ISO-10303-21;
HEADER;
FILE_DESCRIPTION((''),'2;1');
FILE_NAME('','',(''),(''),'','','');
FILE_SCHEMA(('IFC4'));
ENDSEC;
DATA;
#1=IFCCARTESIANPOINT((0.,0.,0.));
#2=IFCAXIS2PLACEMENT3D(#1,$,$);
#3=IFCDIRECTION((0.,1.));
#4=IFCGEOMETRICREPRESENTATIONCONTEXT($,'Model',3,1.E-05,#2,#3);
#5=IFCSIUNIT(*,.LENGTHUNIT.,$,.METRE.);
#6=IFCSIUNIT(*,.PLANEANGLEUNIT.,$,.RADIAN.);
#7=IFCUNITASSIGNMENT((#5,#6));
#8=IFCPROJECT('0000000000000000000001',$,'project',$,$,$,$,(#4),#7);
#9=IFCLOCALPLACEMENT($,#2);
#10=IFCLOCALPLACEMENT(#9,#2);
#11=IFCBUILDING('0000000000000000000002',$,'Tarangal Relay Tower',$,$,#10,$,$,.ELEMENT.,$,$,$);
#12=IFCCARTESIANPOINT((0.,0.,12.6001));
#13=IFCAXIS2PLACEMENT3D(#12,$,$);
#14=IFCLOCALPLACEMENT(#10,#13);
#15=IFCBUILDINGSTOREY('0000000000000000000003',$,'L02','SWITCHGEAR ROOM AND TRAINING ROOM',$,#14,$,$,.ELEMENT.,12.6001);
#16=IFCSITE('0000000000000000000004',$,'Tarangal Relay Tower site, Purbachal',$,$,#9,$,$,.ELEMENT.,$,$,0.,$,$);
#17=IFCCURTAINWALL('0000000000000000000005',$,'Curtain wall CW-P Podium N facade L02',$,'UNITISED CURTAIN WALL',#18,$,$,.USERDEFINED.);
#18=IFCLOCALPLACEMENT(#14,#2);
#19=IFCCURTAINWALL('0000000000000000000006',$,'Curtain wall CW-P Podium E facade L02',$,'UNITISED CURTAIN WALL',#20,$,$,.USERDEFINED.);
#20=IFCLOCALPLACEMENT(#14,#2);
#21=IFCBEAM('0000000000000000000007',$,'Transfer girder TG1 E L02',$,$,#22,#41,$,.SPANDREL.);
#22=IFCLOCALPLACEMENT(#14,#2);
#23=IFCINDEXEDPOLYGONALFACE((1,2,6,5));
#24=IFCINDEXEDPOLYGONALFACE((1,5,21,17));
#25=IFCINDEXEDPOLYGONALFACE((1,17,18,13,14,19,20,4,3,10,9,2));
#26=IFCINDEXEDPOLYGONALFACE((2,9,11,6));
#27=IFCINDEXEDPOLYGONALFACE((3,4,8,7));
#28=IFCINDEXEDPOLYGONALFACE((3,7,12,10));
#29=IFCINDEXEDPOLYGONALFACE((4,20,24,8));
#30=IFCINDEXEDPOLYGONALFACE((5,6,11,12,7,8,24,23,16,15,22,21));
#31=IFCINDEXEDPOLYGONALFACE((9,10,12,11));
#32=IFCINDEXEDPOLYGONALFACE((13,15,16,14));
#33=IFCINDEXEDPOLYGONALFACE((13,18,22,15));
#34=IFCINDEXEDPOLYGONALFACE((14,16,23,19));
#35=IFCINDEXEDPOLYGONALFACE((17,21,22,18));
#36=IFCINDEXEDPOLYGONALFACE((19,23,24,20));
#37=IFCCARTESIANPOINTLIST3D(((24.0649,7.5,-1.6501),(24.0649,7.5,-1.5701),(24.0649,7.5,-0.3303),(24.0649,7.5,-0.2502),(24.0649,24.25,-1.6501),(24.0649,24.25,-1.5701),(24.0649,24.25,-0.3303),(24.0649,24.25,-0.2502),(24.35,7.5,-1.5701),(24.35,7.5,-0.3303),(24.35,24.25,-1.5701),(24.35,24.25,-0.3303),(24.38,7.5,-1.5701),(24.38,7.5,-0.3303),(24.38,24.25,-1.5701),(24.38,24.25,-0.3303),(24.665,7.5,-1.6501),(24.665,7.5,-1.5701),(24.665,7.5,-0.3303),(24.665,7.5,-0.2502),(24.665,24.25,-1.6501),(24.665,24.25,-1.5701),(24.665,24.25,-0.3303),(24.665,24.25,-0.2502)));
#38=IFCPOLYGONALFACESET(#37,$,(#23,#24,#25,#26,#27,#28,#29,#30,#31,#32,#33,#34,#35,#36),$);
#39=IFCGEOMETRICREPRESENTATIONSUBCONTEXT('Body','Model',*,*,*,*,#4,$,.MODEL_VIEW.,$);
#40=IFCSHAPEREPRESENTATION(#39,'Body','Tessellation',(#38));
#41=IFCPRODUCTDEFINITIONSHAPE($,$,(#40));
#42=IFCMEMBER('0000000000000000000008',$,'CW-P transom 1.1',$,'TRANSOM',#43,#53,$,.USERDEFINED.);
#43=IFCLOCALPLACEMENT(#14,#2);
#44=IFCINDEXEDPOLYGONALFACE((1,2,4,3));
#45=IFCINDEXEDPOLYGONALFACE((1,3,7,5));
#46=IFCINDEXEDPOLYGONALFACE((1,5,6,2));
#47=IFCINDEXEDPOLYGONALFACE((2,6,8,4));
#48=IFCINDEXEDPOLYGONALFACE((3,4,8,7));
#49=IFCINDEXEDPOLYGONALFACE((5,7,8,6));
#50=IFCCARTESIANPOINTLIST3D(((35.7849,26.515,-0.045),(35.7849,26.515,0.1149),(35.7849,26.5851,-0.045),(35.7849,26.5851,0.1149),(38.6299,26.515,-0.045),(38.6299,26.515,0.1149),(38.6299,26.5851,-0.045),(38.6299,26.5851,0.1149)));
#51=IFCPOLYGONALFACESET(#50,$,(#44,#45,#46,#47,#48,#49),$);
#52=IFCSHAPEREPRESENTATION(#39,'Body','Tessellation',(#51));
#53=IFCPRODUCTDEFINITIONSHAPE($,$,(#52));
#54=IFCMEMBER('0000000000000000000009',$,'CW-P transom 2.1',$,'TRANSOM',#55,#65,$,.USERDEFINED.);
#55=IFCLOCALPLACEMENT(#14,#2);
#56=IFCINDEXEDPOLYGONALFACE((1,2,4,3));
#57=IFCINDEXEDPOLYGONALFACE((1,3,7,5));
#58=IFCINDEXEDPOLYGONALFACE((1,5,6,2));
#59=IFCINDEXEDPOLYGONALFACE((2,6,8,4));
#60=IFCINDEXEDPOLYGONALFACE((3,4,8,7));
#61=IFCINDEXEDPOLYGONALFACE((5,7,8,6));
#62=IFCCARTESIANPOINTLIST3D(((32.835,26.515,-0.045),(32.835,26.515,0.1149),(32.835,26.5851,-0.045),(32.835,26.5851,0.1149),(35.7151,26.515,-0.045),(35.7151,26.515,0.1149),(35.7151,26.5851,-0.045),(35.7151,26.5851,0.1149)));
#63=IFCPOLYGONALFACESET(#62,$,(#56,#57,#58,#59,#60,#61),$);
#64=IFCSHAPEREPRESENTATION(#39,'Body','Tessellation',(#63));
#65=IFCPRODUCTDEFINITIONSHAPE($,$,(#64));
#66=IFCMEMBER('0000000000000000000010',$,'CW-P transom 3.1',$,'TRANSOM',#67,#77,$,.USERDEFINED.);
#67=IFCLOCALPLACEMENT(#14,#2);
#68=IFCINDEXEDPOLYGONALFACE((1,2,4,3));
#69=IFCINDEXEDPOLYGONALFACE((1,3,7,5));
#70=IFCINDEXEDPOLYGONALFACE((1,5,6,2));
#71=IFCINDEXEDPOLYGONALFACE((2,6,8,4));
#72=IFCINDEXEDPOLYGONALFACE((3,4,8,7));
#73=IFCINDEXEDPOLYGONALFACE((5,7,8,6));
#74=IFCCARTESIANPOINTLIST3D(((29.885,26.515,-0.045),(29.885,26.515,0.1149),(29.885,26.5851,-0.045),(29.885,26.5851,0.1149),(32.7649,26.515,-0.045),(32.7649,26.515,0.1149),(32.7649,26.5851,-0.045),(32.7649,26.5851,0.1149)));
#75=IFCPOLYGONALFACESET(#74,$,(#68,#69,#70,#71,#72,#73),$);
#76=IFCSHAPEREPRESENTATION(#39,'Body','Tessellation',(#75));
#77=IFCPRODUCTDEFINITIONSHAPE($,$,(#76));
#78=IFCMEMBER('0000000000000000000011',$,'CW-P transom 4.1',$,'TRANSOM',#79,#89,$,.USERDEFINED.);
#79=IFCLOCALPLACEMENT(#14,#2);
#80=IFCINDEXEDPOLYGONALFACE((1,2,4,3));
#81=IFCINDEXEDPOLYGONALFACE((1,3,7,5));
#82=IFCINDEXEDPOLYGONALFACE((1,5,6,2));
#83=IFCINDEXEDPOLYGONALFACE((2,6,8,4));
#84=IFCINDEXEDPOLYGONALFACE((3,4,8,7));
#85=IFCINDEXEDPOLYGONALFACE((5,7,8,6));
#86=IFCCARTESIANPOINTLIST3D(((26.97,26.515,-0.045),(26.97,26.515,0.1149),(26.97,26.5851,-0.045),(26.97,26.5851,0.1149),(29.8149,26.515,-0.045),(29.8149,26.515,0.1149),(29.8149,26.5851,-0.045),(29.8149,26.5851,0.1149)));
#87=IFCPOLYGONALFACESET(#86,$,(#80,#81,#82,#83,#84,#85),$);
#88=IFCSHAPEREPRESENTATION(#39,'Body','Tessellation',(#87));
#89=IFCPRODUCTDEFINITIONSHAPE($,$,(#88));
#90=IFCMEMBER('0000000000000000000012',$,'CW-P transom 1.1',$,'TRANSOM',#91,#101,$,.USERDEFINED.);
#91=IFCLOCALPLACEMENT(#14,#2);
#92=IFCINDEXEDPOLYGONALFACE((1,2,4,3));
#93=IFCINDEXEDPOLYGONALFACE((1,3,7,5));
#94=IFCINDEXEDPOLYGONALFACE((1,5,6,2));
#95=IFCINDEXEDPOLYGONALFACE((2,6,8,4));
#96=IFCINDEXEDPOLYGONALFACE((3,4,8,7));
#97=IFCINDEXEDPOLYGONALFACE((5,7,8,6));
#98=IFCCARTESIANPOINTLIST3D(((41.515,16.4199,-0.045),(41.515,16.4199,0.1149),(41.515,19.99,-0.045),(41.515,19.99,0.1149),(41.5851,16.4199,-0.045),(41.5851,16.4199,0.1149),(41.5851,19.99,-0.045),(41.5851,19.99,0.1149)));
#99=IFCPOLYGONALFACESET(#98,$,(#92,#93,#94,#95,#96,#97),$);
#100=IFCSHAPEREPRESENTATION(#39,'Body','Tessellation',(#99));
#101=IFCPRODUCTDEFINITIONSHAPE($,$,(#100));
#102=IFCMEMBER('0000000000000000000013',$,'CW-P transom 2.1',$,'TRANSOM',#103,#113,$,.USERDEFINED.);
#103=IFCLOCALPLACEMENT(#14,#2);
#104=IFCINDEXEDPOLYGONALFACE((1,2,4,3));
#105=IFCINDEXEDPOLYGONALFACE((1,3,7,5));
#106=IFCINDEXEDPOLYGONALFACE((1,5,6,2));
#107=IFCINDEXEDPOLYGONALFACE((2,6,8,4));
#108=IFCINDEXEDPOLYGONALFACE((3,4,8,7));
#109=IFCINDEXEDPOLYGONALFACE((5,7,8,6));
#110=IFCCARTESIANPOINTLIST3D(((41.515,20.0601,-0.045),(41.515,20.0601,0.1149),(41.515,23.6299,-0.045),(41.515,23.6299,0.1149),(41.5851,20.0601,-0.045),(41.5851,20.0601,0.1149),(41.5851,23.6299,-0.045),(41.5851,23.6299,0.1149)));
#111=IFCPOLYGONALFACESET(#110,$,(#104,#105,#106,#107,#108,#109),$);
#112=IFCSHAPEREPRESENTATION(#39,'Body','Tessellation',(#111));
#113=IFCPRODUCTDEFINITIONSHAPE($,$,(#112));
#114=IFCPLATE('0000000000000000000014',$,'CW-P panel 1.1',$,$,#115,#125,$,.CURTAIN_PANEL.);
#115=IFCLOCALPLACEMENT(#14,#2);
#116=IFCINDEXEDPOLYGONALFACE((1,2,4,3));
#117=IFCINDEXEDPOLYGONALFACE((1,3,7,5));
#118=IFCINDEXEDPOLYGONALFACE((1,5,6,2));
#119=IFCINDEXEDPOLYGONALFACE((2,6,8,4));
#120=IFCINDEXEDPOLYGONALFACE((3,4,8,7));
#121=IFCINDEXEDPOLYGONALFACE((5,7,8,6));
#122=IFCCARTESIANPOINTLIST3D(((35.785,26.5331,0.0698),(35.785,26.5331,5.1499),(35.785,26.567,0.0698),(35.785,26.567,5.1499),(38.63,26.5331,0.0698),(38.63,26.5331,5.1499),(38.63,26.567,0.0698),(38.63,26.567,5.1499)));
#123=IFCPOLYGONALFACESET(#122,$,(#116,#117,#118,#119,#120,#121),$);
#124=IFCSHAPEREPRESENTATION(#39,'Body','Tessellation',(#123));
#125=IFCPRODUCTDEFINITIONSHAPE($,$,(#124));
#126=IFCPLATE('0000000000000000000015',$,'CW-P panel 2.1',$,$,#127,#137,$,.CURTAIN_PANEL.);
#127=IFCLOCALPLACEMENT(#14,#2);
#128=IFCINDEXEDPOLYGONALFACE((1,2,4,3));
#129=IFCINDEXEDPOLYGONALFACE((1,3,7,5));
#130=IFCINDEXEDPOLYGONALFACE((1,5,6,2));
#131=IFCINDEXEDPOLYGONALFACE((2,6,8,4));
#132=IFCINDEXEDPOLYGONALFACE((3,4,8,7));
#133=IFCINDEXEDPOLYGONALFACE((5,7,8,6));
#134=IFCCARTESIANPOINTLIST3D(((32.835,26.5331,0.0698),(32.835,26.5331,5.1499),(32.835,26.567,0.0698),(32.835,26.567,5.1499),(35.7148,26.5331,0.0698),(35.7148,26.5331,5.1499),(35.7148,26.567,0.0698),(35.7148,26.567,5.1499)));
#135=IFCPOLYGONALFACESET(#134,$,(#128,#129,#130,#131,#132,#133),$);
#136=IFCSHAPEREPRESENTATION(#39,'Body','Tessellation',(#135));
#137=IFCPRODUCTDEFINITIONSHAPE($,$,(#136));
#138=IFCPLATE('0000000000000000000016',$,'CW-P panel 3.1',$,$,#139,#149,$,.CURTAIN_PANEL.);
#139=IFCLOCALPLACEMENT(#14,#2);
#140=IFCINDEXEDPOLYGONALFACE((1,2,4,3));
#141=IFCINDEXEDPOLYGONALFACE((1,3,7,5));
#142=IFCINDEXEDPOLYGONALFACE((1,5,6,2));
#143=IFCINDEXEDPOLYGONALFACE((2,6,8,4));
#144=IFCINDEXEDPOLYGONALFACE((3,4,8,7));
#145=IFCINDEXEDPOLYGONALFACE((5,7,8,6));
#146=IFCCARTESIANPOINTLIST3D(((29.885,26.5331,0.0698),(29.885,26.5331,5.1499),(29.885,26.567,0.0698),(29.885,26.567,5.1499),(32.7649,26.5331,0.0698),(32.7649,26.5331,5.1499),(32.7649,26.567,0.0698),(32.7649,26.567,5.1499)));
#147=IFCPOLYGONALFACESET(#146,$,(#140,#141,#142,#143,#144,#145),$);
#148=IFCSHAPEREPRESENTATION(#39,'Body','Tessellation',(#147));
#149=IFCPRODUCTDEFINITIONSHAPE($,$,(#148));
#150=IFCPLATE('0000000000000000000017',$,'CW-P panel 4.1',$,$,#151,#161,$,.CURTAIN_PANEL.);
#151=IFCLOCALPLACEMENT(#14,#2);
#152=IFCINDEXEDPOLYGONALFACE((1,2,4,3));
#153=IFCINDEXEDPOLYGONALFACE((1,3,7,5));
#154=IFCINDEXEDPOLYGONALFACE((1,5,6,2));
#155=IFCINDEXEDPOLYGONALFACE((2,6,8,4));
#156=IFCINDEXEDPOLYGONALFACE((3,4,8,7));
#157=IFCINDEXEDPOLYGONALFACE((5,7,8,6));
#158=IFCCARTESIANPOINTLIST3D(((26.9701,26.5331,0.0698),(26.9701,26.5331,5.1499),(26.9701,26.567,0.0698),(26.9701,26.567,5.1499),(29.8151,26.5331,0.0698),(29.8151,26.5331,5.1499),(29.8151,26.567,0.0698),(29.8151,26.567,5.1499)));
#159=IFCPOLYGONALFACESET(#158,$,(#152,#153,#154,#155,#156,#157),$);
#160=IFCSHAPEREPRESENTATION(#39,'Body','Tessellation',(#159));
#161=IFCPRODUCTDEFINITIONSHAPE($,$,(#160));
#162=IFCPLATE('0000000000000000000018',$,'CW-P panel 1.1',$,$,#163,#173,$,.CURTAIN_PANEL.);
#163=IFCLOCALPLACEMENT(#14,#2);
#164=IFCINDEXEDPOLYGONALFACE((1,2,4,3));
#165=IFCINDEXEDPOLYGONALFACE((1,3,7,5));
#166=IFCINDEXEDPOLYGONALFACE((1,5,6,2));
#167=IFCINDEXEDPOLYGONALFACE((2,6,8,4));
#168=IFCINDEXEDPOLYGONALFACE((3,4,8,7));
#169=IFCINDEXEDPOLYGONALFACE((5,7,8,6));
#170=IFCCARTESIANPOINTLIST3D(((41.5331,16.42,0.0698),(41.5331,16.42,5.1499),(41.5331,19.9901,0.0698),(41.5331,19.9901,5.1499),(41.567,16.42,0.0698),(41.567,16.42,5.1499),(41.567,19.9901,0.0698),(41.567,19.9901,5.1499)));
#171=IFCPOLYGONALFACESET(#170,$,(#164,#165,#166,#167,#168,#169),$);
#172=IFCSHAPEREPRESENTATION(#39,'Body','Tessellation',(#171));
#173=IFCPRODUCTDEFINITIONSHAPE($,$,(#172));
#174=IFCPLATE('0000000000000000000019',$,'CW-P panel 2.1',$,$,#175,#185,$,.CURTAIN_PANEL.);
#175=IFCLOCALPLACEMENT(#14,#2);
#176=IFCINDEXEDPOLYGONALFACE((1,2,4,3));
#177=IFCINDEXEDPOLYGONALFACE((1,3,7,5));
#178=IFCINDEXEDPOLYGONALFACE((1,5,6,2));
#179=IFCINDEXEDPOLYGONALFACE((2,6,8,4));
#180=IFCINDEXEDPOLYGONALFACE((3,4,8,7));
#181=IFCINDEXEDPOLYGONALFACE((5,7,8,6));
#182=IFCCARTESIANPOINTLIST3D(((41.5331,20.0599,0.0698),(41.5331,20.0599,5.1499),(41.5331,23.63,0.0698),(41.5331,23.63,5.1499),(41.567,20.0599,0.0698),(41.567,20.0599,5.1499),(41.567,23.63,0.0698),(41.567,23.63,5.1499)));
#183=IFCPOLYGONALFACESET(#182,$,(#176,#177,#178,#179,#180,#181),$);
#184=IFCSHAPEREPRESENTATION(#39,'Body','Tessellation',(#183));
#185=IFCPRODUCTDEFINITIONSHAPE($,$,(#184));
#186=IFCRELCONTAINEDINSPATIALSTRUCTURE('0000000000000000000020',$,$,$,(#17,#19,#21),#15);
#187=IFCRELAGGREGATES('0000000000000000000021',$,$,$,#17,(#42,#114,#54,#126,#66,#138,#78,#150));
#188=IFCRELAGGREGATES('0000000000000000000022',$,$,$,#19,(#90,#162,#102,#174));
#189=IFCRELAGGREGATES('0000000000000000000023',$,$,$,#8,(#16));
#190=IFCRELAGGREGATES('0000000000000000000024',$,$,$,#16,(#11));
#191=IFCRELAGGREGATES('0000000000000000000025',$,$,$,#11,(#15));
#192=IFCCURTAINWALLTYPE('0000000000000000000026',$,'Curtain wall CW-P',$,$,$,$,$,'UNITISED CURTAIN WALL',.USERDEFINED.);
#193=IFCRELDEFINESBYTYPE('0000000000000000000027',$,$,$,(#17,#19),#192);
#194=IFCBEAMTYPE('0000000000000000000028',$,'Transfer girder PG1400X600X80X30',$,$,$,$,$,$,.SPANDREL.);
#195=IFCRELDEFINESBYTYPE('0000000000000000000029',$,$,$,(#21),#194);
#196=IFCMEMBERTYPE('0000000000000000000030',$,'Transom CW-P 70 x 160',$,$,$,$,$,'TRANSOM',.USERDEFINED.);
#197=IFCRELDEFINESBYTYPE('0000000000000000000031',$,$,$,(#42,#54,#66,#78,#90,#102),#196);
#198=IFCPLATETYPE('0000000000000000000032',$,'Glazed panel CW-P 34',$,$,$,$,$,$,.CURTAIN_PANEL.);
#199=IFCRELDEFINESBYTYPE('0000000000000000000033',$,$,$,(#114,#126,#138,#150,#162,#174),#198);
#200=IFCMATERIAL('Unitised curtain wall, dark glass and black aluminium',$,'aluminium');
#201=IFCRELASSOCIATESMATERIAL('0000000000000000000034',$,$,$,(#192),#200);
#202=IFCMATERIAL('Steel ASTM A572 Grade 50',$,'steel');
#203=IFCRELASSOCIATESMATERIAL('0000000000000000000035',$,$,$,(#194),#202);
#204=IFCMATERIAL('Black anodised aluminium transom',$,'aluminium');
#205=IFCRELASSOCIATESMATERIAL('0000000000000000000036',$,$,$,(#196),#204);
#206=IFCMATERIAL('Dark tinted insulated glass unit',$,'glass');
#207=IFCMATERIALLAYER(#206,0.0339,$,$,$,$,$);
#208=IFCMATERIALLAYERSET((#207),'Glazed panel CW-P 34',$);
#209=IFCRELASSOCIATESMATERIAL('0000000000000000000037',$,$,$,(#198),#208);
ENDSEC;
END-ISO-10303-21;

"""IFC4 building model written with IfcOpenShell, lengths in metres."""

from ifc_helpers import new_model, si_unit, direction, frame, origin, origin_2d, place, context, subcontext, project, spatial, rectangle, i_section, extrude, material, layer, layer_set, material_profile, profile_set, type_object, element, aggregate, save


model = new_model("IFC4")

# Units and contexts
model_context = context("Model", 3, precision=1e-05, world=origin(), true_north=direction((0.0, 1.0)))
body_context = subcontext(model_context, "Body", "Model", "MODEL_VIEW")
ifc_project = project(units=[si_unit("LENGTHUNIT", "METRE"), si_unit("PLANEANGLEUNIT", "RADIAN")], contexts=[model_context])

# Site, building, storey
site_placement = place(None, origin())
site = spatial("IfcSite", under=ifc_project, at=site_placement, Name="Tarangal Relay Tower site, Purbachal", CompositionType="ELEMENT", RefElevation=0.0)
building_placement = place(site_placement, origin())
building = spatial("IfcBuilding", under=site, at=building_placement, Name="Tarangal Relay Tower", CompositionType="ELEMENT")
storey_placement = place(building_placement, frame((0.0, 0.0, 12.6001)))
storey = spatial("IfcBuildingStorey", under=building, at=storey_placement, Name="L02", Description="SWITCHGEAR ROOM AND TRAINING ROOM", CompositionType="ELEMENT", Elevation=12.6001)

# Curtain walls
ifc_material_1 = material(Name="Unitised curtain wall, dark glass and black aluminium", Category="aluminium")
curtain_wall_type = type_object("IfcCurtainWallType", Name="Curtain wall CW-P", ElementType="UNITISED CURTAIN WALL", PredefinedType="USERDEFINED", material=ifc_material_1)
curtain_wall_1_placement = place(storey_placement, origin())
curtain_wall_1 = element("IfcCurtainWall", 1, at=curtain_wall_1_placement, inside=storey, type_object=curtain_wall_type, Name="Curtain wall CW-P Podium N facade L02", ObjectType="UNITISED CURTAIN WALL", PredefinedType="USERDEFINED")
curtain_wall_2_placement = place(storey_placement, origin())
curtain_wall_2 = element("IfcCurtainWall", 2, at=curtain_wall_2_placement, inside=storey, type_object=curtain_wall_type, Name="Curtain wall CW-P Podium E facade L02", ObjectType="UNITISED CURTAIN WALL", PredefinedType="USERDEFINED")

# Beam
ifc_material_2 = material(Name="Steel ASTM A572 Grade 50", Category="steel")
ifc_material_profile_1 = material_profile(ifc_material_2, i_section(OverallWidth=0.6001, OverallDepth=1.3999, WebThickness=0.03, FlangeThickness=0.0801, at=origin_2d()), Name="PG1400X600X80X30")
ifc_profile_set_1 = profile_set([ifc_material_profile_1], Name="Steel ASTM A572 Grade 50")
beam_type_1 = type_object("IfcBeamType", Name="Transfer girder PG1400X600X80X30", PredefinedType="SPANDREL", material=ifc_profile_set_1)
beam_1_placement = place(storey_placement, frame((24.365, 24.25, -0.9502), z_axis=(0.0, -1.0, 0.0), x_axis=(1.0, 0.0, 0.0)))
element("IfcBeam", 3, at=beam_1_placement, inside=storey, type_object=beam_type_1, Name="Transfer girder TG1 E L02", PredefinedType="SPANDREL", context=body_context, shape_type="SweptSolid", body=[
    extrude(i_section(OverallWidth=0.6001, OverallDepth=1.3999, WebThickness=0.03, FlangeThickness=0.0801, at=origin_2d()), origin(), (0.0, 0.0, 1.0), 16.75),
])

# Members
ifc_material_3 = material(Name="Black anodised aluminium transom", Category="aluminium")
ifc_material_profile_2 = material_profile(ifc_material_3, rectangle(XDim=0.0701, YDim=0.1599, at=origin_2d()), Name="CW-PT 70X160")
ifc_profile_set_2 = profile_set([ifc_material_profile_2], Name="Black anodised aluminium transom")
member_type_1 = type_object("IfcMemberType", Name="Transom CW-P 70 x 160", ElementType="TRANSOM", PredefinedType="USERDEFINED", material=ifc_profile_set_2)
member_1_placement = place(storey_placement, frame((38.6299, 26.55, 0.0349), z_axis=(-1.0, 0.0, 0.0), x_axis=(0.0, -1.0, 0.0)))
member_1 = element("IfcMember", 4, at=member_1_placement, type_object=member_type_1, Name="CW-P transom 1.1", ObjectType="TRANSOM", PredefinedType="USERDEFINED", context=body_context, shape_type="SweptSolid", body=[
    extrude(rectangle(XDim=0.0701, YDim=0.1599, at=origin_2d()), origin(), (0.0, 0.0, 1.0), 2.845),
])
member_2_placement = place(storey_placement, frame((35.7151, 26.55, 0.0349), z_axis=(-1.0, 0.0, 0.0), x_axis=(0.0, -1.0, 0.0)))
member_2 = element("IfcMember", 5, at=member_2_placement, type_object=member_type_1, Name="CW-P transom 2.1", ObjectType="TRANSOM", PredefinedType="USERDEFINED", context=body_context, shape_type="SweptSolid", body=[
    extrude(rectangle(XDim=0.0701, YDim=0.1599, at=origin_2d()), origin(), (0.0, 0.0, 1.0), 2.8801),
])
member_3_placement = place(storey_placement, frame((32.7649, 26.55, 0.0349), z_axis=(-1.0, 0.0, 0.0), x_axis=(0.0, -1.0, 0.0)))
member_3 = element("IfcMember", 6, at=member_3_placement, type_object=member_type_1, Name="CW-P transom 3.1", ObjectType="TRANSOM", PredefinedType="USERDEFINED", context=body_context, shape_type="SweptSolid", body=[
    extrude(rectangle(XDim=0.0701, YDim=0.1599, at=origin_2d()), origin(), (0.0, 0.0, 1.0), 2.8799),
])
member_4_placement = place(storey_placement, frame((29.8149, 26.55, 0.0349), z_axis=(-1.0, 0.0, 0.0), x_axis=(0.0, -1.0, 0.0)))
member_4 = element("IfcMember", 7, at=member_4_placement, type_object=member_type_1, Name="CW-P transom 4.1", ObjectType="TRANSOM", PredefinedType="USERDEFINED", context=body_context, shape_type="SweptSolid", body=[
    extrude(rectangle(XDim=0.0701, YDim=0.1599, at=origin_2d()), origin(), (0.0, 0.0, 1.0), 2.845),
])
member_5_placement = place(storey_placement, frame((41.55, 16.4199, 0.0349), z_axis=(0.0, 1.0, 0.0), x_axis=(-1.0, 0.0, 0.0)))
member_5 = element("IfcMember", 8, at=member_5_placement, type_object=member_type_1, Name="CW-P transom 1.1", ObjectType="TRANSOM", PredefinedType="USERDEFINED", context=body_context, shape_type="SweptSolid", body=[
    extrude(rectangle(XDim=0.0701, YDim=0.1599, at=origin_2d()), origin(), (0.0, 0.0, 1.0), 3.5701),
])
member_6_placement = place(storey_placement, frame((41.55, 20.0601, 0.0349), z_axis=(0.0, 1.0, 0.0), x_axis=(-1.0, 0.0, 0.0)))
member_6 = element("IfcMember", 9, at=member_6_placement, type_object=member_type_1, Name="CW-P transom 2.1", ObjectType="TRANSOM", PredefinedType="USERDEFINED", context=body_context, shape_type="SweptSolid", body=[
    extrude(rectangle(XDim=0.0701, YDim=0.1599, at=origin_2d()), origin(), (0.0, 0.0, 1.0), 3.5698),
])

# Plates
ifc_material_4 = material(Name="Dark tinted insulated glass unit", Category="glass")
ifc_layer_1 = layer(ifc_material_4, 0.0339)
ifc_layer_set_1 = layer_set([ifc_layer_1], Name="Glazed panel CW-P 34")
plate_type = type_object("IfcPlateType", Name="Glazed panel CW-P 34", PredefinedType="CURTAIN_PANEL", material=ifc_layer_set_1)
plate_1_placement = place(storey_placement, frame((37.2075, 26.55, 0.0698), z_axis=(0.0, 0.0, 1.0), x_axis=(-1.0, 0.0, 0.0)))
plate_1 = element("IfcPlate", 10, at=plate_1_placement, type_object=plate_type, Name="CW-P panel 1.1", PredefinedType="CURTAIN_PANEL", context=body_context, shape_type="SweptSolid", body=[
    extrude(rectangle(XDim=2.845, YDim=0.0339, at=origin_2d()), origin(), (0.0, 0.0, 1.0), 5.0801),
])
plate_2_placement = place(storey_placement, frame((34.2749, 26.55, 0.0698), z_axis=(0.0, 0.0, 1.0), x_axis=(-1.0, 0.0, 0.0)))
plate_2 = element("IfcPlate", 11, at=plate_2_placement, type_object=plate_type, Name="CW-P panel 2.1", PredefinedType="CURTAIN_PANEL", context=body_context, shape_type="SweptSolid", body=[
    extrude(rectangle(XDim=2.8799, YDim=0.0339, at=origin_2d()), origin(), (0.0, 0.0, 1.0), 5.0801),
])
plate_3_placement = place(storey_placement, frame((31.325, 26.55, 0.0698), z_axis=(0.0, 0.0, 1.0), x_axis=(-1.0, 0.0, 0.0)))
plate_3 = element("IfcPlate", 12, at=plate_3_placement, type_object=plate_type, Name="CW-P panel 3.1", PredefinedType="CURTAIN_PANEL", context=body_context, shape_type="SweptSolid", body=[
    extrude(rectangle(XDim=2.8799, YDim=0.0339, at=origin_2d()), origin(), (0.0, 0.0, 1.0), 5.0801),
])
plate_4_placement = place(storey_placement, frame((28.3926, 26.55, 0.0698), z_axis=(0.0, 0.0, 1.0), x_axis=(-1.0, 0.0, 0.0)))
plate_4 = element("IfcPlate", 13, at=plate_4_placement, type_object=plate_type, Name="CW-P panel 4.1", PredefinedType="CURTAIN_PANEL", context=body_context, shape_type="SweptSolid", body=[
    extrude(rectangle(XDim=2.845, YDim=0.0339, at=origin_2d()), origin(), (0.0, 0.0, 1.0), 5.0801),
])
aggregate(curtain_wall_1, [member_1, plate_1, member_2, plate_2, member_3, plate_3, member_4, plate_4])
plate_5_placement = place(storey_placement, frame((41.55, 18.2051, 0.0698), z_axis=(0.0, 0.0, 1.0), x_axis=(0.0, 1.0, 0.0)))
plate_5 = element("IfcPlate", 14, at=plate_5_placement, type_object=plate_type, Name="CW-P panel 1.1", PredefinedType="CURTAIN_PANEL", context=body_context, shape_type="SweptSolid", body=[
    extrude(rectangle(XDim=3.5701, YDim=0.0339, at=origin_2d()), origin(), (0.0, 0.0, 1.0), 5.0801),
])
plate_6_placement = place(storey_placement, frame((41.55, 21.845, 0.0698), z_axis=(0.0, 0.0, 1.0), x_axis=(0.0, 1.0, 0.0)))
plate_6 = element("IfcPlate", 15, at=plate_6_placement, type_object=plate_type, Name="CW-P panel 2.1", PredefinedType="CURTAIN_PANEL", context=body_context, shape_type="SweptSolid", body=[
    extrude(rectangle(XDim=3.5701, YDim=0.0339, at=origin_2d()), origin(), (0.0, 0.0, 1.0), 5.0801),
])
aggregate(curtain_wall_2, [member_5, plate_5, member_6, plate_6])

save(model, "model.ifc")
